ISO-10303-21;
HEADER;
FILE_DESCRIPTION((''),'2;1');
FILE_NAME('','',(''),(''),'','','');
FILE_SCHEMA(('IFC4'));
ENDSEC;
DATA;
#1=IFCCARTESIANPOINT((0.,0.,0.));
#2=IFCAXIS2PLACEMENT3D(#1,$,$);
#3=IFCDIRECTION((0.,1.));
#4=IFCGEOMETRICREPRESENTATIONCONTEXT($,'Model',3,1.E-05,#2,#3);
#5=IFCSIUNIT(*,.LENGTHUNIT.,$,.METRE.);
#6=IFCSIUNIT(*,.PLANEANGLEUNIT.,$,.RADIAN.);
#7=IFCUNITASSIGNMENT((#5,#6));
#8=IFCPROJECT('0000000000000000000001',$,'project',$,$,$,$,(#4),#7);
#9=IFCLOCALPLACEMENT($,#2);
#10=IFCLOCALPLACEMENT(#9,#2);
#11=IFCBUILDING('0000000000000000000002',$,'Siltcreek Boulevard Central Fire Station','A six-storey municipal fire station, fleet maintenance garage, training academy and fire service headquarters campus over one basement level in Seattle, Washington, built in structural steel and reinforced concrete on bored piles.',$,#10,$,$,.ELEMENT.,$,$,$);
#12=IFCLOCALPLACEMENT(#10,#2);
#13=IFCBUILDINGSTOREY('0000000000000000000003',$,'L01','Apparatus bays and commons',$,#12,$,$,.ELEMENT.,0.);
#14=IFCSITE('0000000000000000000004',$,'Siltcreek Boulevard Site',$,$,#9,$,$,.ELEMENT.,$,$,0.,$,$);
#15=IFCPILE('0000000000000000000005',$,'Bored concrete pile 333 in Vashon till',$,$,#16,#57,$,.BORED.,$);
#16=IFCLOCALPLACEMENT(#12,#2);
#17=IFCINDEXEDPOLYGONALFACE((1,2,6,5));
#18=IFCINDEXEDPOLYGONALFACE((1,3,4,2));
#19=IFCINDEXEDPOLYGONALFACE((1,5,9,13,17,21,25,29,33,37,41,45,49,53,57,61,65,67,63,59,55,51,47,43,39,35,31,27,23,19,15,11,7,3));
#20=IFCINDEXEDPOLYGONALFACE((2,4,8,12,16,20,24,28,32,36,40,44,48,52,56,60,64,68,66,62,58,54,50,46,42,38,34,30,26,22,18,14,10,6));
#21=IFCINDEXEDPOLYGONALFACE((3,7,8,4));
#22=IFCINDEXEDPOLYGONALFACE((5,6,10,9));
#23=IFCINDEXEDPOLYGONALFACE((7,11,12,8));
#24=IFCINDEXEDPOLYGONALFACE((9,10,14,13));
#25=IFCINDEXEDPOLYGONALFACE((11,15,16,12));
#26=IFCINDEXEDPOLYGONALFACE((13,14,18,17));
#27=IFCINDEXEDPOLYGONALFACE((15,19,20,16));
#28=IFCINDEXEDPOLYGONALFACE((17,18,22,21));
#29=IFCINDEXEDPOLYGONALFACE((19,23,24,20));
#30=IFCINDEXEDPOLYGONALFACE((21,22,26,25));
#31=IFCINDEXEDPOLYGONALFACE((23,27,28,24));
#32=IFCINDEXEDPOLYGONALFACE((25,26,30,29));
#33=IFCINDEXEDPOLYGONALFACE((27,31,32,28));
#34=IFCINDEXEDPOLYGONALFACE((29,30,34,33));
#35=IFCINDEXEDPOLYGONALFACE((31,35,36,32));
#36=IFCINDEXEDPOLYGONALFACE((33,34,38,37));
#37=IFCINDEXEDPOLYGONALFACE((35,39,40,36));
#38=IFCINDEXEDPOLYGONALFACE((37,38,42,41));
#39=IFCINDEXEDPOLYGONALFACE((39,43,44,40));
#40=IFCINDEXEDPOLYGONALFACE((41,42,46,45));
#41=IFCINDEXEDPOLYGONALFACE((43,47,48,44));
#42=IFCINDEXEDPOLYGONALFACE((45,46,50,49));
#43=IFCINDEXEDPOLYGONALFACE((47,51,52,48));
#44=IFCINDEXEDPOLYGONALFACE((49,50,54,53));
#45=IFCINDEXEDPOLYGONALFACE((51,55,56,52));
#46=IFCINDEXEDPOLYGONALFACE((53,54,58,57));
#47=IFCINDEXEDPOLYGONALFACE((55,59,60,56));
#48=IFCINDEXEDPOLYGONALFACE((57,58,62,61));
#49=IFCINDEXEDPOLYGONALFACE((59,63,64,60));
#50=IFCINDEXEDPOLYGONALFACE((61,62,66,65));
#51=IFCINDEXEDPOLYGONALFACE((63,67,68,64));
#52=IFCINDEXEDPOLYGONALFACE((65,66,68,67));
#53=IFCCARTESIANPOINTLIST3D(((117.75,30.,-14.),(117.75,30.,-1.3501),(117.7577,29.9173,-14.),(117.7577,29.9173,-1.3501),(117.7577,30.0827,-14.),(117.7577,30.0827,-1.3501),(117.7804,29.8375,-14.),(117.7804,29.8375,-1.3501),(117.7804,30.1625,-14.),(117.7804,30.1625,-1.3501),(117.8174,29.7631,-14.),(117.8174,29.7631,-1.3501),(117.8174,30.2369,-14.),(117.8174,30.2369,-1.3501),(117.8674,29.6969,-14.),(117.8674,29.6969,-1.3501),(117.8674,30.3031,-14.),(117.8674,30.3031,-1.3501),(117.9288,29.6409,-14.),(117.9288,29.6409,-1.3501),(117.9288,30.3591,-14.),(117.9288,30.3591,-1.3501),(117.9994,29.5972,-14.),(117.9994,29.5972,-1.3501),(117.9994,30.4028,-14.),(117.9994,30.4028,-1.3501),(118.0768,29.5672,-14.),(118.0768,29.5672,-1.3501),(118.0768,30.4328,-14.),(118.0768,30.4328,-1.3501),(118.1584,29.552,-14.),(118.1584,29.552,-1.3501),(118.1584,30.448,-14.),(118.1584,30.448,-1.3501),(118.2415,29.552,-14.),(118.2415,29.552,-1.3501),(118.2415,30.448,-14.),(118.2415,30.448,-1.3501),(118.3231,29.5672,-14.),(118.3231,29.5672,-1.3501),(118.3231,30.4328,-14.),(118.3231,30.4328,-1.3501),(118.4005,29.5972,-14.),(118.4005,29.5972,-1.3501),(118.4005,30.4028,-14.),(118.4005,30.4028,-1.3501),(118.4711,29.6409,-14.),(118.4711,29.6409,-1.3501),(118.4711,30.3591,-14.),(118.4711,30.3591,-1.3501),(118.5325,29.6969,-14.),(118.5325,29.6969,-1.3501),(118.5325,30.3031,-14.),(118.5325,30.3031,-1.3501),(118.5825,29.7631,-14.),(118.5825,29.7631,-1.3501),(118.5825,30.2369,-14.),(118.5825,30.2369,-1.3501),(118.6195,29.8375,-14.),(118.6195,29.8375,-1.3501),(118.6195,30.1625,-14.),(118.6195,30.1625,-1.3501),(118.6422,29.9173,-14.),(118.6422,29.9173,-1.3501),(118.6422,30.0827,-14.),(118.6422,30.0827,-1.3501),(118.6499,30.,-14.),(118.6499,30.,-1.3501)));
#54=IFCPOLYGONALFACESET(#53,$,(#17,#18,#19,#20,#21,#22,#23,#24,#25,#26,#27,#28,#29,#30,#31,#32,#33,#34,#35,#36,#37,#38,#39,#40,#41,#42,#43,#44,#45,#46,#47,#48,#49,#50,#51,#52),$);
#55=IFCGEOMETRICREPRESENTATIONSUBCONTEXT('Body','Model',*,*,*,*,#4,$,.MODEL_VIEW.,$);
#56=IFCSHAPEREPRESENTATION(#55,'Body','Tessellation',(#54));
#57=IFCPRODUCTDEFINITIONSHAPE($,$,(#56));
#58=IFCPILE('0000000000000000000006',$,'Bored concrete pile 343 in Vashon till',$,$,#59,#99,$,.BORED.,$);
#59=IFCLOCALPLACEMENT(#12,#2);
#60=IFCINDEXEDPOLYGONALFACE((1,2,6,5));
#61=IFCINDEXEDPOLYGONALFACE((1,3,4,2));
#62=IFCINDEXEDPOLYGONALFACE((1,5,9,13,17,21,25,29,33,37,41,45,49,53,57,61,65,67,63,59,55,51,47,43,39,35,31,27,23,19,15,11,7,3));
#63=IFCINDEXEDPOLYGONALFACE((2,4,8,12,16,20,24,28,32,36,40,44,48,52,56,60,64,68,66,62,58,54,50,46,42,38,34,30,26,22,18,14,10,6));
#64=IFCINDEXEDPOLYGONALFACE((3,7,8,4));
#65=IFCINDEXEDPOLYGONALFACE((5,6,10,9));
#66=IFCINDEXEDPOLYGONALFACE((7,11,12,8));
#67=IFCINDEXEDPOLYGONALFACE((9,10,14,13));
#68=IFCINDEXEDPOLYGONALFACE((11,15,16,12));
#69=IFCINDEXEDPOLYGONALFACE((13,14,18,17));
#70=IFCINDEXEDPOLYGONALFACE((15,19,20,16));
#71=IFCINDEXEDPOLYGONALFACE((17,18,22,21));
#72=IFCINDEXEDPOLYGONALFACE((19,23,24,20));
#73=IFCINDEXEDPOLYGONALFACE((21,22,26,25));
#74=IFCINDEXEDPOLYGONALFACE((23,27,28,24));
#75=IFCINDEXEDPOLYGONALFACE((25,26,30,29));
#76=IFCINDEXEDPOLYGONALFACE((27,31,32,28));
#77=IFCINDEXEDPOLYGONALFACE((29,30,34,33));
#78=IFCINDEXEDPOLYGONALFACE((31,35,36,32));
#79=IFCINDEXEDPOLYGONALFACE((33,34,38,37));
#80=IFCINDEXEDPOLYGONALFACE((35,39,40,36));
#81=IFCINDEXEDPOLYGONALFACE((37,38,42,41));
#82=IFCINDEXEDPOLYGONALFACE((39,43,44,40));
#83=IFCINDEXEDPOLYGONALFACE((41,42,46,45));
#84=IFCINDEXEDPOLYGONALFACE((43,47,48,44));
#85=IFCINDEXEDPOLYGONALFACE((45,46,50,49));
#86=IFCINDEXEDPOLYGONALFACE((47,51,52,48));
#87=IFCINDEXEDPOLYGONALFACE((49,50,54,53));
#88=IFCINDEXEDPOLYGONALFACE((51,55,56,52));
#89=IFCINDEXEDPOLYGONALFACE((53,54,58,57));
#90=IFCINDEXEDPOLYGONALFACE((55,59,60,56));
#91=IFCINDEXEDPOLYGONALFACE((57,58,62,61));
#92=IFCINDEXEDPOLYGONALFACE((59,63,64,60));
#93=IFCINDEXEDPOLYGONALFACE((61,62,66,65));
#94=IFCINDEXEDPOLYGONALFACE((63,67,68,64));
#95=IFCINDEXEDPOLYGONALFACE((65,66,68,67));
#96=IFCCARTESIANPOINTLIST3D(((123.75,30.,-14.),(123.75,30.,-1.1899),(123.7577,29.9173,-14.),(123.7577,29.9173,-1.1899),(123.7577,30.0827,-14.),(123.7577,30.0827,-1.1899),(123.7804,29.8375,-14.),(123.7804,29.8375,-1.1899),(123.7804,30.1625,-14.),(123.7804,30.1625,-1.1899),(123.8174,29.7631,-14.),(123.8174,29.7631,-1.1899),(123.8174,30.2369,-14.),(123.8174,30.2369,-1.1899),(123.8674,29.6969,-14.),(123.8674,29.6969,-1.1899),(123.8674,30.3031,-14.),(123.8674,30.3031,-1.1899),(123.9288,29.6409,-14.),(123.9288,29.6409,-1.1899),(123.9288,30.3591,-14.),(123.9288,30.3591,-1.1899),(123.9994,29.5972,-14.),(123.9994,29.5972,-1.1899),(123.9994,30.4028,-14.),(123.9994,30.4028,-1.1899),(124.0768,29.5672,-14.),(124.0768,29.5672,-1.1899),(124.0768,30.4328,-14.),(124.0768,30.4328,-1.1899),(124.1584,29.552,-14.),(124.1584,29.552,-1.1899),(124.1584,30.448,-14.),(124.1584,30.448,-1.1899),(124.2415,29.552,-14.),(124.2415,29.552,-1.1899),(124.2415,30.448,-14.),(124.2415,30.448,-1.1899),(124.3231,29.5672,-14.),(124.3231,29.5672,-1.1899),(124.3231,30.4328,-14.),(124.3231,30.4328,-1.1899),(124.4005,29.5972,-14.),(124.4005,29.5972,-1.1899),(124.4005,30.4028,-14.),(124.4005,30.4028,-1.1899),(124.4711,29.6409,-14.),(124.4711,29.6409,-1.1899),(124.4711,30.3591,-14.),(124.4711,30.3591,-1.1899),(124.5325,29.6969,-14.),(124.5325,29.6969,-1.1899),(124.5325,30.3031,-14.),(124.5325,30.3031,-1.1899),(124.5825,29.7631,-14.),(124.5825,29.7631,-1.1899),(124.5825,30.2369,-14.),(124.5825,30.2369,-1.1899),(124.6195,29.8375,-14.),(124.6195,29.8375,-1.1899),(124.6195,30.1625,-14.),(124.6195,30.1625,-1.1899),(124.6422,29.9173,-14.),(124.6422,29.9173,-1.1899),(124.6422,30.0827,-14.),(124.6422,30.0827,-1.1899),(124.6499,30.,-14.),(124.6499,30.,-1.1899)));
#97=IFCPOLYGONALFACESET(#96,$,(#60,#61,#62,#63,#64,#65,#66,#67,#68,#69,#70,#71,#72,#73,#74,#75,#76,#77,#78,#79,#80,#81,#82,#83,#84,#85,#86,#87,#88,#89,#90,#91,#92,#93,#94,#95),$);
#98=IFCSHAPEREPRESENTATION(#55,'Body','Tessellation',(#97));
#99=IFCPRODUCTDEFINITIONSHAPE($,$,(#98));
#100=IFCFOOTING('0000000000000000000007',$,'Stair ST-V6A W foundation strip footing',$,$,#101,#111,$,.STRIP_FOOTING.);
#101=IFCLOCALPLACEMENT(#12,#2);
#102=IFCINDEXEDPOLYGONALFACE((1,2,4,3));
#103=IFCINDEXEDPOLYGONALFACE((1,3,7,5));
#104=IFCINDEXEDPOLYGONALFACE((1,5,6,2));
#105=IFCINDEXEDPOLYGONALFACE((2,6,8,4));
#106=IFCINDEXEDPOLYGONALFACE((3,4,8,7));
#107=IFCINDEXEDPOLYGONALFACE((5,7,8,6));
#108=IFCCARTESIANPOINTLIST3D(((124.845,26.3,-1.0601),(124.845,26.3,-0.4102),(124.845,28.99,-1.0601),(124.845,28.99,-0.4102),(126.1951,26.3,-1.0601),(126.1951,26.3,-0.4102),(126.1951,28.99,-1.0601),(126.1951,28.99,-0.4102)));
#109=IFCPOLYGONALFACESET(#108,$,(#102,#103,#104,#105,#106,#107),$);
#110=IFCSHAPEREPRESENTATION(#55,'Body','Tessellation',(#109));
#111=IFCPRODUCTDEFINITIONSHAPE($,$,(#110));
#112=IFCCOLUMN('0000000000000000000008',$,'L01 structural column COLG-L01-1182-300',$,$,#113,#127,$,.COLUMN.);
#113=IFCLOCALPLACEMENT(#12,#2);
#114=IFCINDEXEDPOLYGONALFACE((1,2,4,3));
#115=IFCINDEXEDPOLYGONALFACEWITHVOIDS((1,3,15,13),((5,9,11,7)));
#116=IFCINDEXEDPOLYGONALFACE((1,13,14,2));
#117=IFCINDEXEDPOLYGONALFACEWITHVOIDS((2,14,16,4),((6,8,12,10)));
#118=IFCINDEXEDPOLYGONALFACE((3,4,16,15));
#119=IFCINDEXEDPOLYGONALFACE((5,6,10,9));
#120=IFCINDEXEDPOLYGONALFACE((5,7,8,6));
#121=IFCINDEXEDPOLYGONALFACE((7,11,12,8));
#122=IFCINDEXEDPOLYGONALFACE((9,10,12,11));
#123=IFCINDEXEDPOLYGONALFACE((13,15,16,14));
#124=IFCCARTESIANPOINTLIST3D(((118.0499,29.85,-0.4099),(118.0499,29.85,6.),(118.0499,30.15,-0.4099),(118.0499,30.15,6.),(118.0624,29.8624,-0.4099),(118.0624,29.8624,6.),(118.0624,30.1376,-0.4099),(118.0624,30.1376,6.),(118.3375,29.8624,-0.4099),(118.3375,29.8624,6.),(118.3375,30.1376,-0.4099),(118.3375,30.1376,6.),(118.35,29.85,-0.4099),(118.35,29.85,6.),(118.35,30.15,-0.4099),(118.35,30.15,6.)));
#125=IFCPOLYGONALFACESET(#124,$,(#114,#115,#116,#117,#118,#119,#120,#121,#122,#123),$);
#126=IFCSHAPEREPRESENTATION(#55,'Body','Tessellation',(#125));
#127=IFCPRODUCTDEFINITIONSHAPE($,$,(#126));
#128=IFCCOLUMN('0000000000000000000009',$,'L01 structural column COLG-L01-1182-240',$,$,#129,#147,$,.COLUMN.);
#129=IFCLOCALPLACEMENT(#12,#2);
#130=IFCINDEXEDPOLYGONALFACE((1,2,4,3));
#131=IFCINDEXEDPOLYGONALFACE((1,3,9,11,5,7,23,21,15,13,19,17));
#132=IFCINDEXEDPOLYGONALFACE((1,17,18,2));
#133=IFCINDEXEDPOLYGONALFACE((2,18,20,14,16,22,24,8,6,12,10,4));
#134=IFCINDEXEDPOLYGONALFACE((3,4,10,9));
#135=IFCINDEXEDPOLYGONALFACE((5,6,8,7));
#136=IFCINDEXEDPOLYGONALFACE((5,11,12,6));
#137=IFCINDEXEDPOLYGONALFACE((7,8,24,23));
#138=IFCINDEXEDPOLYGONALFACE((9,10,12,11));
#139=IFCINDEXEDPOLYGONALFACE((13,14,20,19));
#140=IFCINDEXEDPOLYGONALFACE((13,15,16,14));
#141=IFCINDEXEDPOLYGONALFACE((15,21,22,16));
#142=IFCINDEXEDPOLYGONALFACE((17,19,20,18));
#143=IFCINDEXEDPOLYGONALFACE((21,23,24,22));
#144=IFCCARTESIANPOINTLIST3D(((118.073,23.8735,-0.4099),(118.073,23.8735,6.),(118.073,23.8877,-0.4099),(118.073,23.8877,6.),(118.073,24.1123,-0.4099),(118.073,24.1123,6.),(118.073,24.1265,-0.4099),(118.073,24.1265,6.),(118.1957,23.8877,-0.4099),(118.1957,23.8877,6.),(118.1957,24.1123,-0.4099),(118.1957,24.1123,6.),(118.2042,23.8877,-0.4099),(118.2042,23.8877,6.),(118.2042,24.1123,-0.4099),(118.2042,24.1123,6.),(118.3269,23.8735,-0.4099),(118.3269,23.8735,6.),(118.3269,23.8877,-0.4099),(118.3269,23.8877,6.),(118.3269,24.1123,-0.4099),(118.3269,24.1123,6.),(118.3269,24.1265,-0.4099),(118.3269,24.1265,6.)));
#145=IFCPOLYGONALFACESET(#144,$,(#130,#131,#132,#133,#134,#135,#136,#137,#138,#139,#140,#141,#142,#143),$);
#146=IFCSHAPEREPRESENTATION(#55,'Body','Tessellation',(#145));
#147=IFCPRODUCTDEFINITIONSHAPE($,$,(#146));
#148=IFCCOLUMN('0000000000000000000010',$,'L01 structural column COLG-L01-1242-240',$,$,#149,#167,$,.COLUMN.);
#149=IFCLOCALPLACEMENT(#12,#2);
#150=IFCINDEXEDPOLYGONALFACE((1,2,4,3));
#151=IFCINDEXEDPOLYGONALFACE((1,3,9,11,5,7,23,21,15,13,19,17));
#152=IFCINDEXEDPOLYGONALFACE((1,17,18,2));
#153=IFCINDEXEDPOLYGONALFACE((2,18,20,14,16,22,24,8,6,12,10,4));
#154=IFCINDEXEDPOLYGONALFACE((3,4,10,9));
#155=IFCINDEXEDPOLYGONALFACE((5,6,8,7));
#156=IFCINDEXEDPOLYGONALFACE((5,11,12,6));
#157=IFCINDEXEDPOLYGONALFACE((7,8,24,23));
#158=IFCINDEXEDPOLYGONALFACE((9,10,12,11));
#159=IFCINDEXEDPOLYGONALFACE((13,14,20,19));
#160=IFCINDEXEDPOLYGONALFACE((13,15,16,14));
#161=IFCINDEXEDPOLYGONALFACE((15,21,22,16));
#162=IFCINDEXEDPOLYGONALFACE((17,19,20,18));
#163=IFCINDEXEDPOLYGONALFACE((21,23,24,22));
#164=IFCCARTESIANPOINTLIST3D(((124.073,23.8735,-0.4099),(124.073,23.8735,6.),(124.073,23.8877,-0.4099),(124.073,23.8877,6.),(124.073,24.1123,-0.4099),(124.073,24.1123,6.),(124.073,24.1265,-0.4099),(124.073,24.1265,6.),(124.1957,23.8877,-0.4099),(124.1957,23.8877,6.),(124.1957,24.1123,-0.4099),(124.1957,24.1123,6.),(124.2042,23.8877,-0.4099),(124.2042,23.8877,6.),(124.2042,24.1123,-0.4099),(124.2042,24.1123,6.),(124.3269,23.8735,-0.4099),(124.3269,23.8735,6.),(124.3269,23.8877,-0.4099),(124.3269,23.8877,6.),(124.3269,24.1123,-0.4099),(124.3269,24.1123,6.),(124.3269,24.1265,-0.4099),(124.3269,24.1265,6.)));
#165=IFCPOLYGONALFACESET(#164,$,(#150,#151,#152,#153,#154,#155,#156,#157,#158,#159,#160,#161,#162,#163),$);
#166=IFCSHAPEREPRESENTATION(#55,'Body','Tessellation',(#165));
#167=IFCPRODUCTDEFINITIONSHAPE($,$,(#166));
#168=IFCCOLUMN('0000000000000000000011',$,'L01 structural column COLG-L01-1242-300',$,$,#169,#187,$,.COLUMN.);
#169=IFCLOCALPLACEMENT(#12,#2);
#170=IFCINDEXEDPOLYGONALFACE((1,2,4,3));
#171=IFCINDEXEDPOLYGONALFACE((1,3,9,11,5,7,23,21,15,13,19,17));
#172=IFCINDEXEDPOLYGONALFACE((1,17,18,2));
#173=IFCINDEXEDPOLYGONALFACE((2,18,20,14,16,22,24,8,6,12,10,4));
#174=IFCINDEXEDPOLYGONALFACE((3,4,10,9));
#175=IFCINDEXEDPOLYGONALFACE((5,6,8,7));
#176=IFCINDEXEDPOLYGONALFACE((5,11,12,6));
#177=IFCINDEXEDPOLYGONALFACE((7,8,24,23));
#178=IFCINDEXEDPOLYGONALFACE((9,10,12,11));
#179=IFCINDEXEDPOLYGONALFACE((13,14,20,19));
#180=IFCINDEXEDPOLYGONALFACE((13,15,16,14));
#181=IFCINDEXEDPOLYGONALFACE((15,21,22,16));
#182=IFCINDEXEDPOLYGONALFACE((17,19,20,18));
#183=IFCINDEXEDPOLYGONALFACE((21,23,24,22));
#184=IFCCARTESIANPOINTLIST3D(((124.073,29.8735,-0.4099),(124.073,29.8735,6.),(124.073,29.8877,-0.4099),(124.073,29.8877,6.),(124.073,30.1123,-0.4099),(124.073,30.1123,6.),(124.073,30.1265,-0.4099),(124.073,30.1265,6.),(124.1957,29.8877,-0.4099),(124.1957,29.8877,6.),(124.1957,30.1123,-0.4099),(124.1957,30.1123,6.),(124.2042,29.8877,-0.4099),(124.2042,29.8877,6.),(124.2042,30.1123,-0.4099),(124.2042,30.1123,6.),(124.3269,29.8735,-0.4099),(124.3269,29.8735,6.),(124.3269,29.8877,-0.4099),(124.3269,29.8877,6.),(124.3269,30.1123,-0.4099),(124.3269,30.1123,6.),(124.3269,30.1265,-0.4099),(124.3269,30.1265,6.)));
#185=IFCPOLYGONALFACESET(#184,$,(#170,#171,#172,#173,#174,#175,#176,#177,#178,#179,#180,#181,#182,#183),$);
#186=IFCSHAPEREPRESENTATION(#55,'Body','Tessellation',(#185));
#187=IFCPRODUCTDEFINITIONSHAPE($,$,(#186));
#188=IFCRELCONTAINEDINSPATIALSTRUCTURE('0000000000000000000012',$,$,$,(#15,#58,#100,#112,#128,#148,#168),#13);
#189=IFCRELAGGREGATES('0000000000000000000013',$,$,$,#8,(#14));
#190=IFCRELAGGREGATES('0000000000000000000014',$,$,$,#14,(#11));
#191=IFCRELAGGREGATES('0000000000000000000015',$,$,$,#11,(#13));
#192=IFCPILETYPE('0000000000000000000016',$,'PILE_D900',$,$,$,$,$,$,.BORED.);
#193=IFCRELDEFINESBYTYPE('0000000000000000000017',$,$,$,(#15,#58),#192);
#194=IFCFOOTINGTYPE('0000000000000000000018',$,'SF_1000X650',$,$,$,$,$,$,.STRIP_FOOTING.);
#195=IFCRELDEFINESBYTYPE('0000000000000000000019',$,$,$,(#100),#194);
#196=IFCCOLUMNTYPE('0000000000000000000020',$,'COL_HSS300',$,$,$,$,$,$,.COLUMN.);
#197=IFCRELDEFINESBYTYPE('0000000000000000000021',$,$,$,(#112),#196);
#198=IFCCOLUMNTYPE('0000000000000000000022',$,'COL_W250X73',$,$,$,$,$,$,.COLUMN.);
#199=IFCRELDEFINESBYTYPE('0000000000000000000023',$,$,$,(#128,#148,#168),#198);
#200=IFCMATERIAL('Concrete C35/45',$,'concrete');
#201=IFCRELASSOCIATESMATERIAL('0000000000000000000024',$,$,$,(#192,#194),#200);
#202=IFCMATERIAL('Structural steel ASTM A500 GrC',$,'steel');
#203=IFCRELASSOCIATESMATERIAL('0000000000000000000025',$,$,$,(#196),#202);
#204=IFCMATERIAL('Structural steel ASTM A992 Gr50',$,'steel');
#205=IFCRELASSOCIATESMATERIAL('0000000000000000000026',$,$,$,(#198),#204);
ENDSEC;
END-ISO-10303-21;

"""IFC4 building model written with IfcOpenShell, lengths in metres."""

from ifc_helpers import new_model, si_unit, direction, frame, origin, origin_2d, place, context, subcontext, project, spatial, rectangle, hollow_rectangle, circle, i_section, extrude, material, material_profile, profile_set, type_object, element, save


model = new_model("IFC4")

# Units and contexts
model_context = context("Model", 3, precision=1e-05, world=origin(), true_north=direction((0.0, 1.0)))
body_context = subcontext(model_context, "Body", "Model", "MODEL_VIEW")
ifc_project = project(units=[si_unit("LENGTHUNIT", "METRE"), si_unit("PLANEANGLEUNIT", "RADIAN")], contexts=[model_context])

# Site, building, storey
site_placement = place(None, origin())
site = spatial("IfcSite", under=ifc_project, at=site_placement, Name="Siltcreek Boulevard Site", CompositionType="ELEMENT", RefElevation=0.0)
building_placement = place(site_placement, origin())
building = spatial("IfcBuilding", under=site, at=building_placement, Name="Siltcreek Boulevard Central Fire Station", Description="A six-storey municipal fire station, fleet maintenance garage, training academy and fire service headquarters campus over one basement level in Seattle, Washington, built in structural steel and reinforced concrete on bored piles.", CompositionType="ELEMENT")
storey_placement = place(building_placement, origin())
storey = spatial("IfcBuildingStorey", under=building, at=storey_placement, Name="L01", Description="Apparatus bays and commons", CompositionType="ELEMENT", Elevation=0.0)

# Shared definitions
ifc_material_1 = material(Name="Concrete C35/45", Category="concrete")

# Piles
ifc_material_profile_1 = material_profile(ifc_material_1, circle(Radius=0.45, at=origin_2d()), Name="SHAFT900")
ifc_profile_set_1 = profile_set([ifc_material_profile_1], Name="Concrete C35/45")
pile_type_1 = type_object("IfcPileType", Name="PILE_D900", PredefinedType="BORED", material=ifc_profile_set_1)
pile_1_placement = place(storey_placement, frame((118.2, 30.0, -1.3501), z_axis=(0.0, 0.0, -1.0), x_axis=(1.0, 0.0, 0.0)))
element("IfcPile", 1, at=pile_1_placement, inside=storey, type_object=pile_type_1, Name="Bored concrete pile 333 in Vashon till", PredefinedType="BORED", context=body_context, shape_type="SweptSolid", body=[
    extrude(circle(Radius=0.45, at=origin_2d()), origin(), (0.0, 0.0, 1.0), 12.6499),
])
pile_2_placement = place(storey_placement, frame((124.2, 30.0, -1.1899), z_axis=(0.0, 0.0, -1.0), x_axis=(1.0, 0.0, 0.0)))
element("IfcPile", 2, at=pile_2_placement, inside=storey, type_object=pile_type_1, Name="Bored concrete pile 343 in Vashon till", PredefinedType="BORED", context=body_context, shape_type="SweptSolid", body=[
    extrude(circle(Radius=0.45, at=origin_2d()), origin(), (0.0, 0.0, 1.0), 12.8101),
])

# Footing
footing_type_1 = type_object("IfcFootingType", Name="SF_1000X650", PredefinedType="STRIP_FOOTING", material=ifc_material_1)
footing_1_placement = place(storey_placement, frame((125.52, 27.645, -1.0601), z_axis=(0.0, 0.0, 1.0), x_axis=(1.0, 0.0, 0.0)))
element("IfcFooting", 3, at=footing_1_placement, inside=storey, type_object=footing_type_1, Name="Stair ST-V6A W foundation strip footing", PredefinedType="STRIP_FOOTING", context=body_context, shape_type="SweptSolid", body=[
    extrude(rectangle(XDim=1.3501, YDim=2.6899, at=origin_2d()), origin(), (0.0, 0.0, 1.0), 0.6499),
])

# Columns
ifc_material_2 = material(Name="Structural steel ASTM A500 GrC", Category="steel")
ifc_material_profile_2 = material_profile(ifc_material_2, hollow_rectangle(XDim=0.3, YDim=0.3, WallThickness=0.0125, at=origin_2d()), Name="HSS300X300X12.5")
ifc_profile_set_2 = profile_set([ifc_material_profile_2], Name="Structural steel ASTM A500 GrC")
column_type_1 = type_object("IfcColumnType", Name="COL_HSS300", PredefinedType="COLUMN", material=ifc_profile_set_2)
column_placement = place(storey_placement, frame((118.2, 30.0, -0.4099), z_axis=(0.0, 0.0, 1.0), x_axis=(1.0, 0.0, 0.0)))
element("IfcColumn", 4, at=column_placement, inside=storey, type_object=column_type_1, Name="L01 structural column COLG-L01-1182-300", PredefinedType="COLUMN", context=body_context, shape_type="SweptSolid", body=[
    extrude(hollow_rectangle(XDim=0.3, YDim=0.3, WallThickness=0.0125, at=origin_2d()), origin(), (0.0, 0.0, 1.0), 6.4099),
])
ifc_material_3 = material(Name="Structural steel ASTM A992 Gr50", Category="steel")
ifc_material_profile_3 = material_profile(ifc_material_3, i_section(OverallWidth=0.2539, OverallDepth=0.2529, WebThickness=0.0085, FlangeThickness=0.0142, at=origin_2d()), Name="W250X73")
ifc_profile_set_3 = profile_set([ifc_material_profile_3], Name="Structural steel ASTM A992 Gr50")
column_type_2 = type_object("IfcColumnType", Name="COL_W250X73", PredefinedType="COLUMN", material=ifc_profile_set_3)
for number, where, z_axis, x_axis, name in (
    (5, (118.2, 24.0, -0.4099), (0.0, 0.0, 1.0), (1.0, 0.0, 0.0), "L01 structural column COLG-L01-1182-240"),
    (6, (124.2, 24.0, -0.4099), (0.0, 0.0, 1.0), (1.0, 0.0, 0.0), "L01 structural column COLG-L01-1242-240"),
    (7, (124.2, 30.0, -0.4099), (0.0, 0.0, 1.0), (1.0, 0.0, 0.0), "L01 structural column COLG-L01-1242-300"),
):
    element("IfcColumn", number, at=place(storey_placement, frame(where, z_axis=z_axis, x_axis=x_axis)), inside=storey, type_object=column_type_2, Name=name, PredefinedType="COLUMN", context=body_context, shape_type="SweptSolid", body=[
        extrude(i_section(OverallWidth=0.2539, OverallDepth=0.2529, WebThickness=0.0085, FlangeThickness=0.0142, at=origin_2d()), origin(), (0.0, 0.0, 1.0), 6.4099),
    ])

save(model, "model.ifc")
